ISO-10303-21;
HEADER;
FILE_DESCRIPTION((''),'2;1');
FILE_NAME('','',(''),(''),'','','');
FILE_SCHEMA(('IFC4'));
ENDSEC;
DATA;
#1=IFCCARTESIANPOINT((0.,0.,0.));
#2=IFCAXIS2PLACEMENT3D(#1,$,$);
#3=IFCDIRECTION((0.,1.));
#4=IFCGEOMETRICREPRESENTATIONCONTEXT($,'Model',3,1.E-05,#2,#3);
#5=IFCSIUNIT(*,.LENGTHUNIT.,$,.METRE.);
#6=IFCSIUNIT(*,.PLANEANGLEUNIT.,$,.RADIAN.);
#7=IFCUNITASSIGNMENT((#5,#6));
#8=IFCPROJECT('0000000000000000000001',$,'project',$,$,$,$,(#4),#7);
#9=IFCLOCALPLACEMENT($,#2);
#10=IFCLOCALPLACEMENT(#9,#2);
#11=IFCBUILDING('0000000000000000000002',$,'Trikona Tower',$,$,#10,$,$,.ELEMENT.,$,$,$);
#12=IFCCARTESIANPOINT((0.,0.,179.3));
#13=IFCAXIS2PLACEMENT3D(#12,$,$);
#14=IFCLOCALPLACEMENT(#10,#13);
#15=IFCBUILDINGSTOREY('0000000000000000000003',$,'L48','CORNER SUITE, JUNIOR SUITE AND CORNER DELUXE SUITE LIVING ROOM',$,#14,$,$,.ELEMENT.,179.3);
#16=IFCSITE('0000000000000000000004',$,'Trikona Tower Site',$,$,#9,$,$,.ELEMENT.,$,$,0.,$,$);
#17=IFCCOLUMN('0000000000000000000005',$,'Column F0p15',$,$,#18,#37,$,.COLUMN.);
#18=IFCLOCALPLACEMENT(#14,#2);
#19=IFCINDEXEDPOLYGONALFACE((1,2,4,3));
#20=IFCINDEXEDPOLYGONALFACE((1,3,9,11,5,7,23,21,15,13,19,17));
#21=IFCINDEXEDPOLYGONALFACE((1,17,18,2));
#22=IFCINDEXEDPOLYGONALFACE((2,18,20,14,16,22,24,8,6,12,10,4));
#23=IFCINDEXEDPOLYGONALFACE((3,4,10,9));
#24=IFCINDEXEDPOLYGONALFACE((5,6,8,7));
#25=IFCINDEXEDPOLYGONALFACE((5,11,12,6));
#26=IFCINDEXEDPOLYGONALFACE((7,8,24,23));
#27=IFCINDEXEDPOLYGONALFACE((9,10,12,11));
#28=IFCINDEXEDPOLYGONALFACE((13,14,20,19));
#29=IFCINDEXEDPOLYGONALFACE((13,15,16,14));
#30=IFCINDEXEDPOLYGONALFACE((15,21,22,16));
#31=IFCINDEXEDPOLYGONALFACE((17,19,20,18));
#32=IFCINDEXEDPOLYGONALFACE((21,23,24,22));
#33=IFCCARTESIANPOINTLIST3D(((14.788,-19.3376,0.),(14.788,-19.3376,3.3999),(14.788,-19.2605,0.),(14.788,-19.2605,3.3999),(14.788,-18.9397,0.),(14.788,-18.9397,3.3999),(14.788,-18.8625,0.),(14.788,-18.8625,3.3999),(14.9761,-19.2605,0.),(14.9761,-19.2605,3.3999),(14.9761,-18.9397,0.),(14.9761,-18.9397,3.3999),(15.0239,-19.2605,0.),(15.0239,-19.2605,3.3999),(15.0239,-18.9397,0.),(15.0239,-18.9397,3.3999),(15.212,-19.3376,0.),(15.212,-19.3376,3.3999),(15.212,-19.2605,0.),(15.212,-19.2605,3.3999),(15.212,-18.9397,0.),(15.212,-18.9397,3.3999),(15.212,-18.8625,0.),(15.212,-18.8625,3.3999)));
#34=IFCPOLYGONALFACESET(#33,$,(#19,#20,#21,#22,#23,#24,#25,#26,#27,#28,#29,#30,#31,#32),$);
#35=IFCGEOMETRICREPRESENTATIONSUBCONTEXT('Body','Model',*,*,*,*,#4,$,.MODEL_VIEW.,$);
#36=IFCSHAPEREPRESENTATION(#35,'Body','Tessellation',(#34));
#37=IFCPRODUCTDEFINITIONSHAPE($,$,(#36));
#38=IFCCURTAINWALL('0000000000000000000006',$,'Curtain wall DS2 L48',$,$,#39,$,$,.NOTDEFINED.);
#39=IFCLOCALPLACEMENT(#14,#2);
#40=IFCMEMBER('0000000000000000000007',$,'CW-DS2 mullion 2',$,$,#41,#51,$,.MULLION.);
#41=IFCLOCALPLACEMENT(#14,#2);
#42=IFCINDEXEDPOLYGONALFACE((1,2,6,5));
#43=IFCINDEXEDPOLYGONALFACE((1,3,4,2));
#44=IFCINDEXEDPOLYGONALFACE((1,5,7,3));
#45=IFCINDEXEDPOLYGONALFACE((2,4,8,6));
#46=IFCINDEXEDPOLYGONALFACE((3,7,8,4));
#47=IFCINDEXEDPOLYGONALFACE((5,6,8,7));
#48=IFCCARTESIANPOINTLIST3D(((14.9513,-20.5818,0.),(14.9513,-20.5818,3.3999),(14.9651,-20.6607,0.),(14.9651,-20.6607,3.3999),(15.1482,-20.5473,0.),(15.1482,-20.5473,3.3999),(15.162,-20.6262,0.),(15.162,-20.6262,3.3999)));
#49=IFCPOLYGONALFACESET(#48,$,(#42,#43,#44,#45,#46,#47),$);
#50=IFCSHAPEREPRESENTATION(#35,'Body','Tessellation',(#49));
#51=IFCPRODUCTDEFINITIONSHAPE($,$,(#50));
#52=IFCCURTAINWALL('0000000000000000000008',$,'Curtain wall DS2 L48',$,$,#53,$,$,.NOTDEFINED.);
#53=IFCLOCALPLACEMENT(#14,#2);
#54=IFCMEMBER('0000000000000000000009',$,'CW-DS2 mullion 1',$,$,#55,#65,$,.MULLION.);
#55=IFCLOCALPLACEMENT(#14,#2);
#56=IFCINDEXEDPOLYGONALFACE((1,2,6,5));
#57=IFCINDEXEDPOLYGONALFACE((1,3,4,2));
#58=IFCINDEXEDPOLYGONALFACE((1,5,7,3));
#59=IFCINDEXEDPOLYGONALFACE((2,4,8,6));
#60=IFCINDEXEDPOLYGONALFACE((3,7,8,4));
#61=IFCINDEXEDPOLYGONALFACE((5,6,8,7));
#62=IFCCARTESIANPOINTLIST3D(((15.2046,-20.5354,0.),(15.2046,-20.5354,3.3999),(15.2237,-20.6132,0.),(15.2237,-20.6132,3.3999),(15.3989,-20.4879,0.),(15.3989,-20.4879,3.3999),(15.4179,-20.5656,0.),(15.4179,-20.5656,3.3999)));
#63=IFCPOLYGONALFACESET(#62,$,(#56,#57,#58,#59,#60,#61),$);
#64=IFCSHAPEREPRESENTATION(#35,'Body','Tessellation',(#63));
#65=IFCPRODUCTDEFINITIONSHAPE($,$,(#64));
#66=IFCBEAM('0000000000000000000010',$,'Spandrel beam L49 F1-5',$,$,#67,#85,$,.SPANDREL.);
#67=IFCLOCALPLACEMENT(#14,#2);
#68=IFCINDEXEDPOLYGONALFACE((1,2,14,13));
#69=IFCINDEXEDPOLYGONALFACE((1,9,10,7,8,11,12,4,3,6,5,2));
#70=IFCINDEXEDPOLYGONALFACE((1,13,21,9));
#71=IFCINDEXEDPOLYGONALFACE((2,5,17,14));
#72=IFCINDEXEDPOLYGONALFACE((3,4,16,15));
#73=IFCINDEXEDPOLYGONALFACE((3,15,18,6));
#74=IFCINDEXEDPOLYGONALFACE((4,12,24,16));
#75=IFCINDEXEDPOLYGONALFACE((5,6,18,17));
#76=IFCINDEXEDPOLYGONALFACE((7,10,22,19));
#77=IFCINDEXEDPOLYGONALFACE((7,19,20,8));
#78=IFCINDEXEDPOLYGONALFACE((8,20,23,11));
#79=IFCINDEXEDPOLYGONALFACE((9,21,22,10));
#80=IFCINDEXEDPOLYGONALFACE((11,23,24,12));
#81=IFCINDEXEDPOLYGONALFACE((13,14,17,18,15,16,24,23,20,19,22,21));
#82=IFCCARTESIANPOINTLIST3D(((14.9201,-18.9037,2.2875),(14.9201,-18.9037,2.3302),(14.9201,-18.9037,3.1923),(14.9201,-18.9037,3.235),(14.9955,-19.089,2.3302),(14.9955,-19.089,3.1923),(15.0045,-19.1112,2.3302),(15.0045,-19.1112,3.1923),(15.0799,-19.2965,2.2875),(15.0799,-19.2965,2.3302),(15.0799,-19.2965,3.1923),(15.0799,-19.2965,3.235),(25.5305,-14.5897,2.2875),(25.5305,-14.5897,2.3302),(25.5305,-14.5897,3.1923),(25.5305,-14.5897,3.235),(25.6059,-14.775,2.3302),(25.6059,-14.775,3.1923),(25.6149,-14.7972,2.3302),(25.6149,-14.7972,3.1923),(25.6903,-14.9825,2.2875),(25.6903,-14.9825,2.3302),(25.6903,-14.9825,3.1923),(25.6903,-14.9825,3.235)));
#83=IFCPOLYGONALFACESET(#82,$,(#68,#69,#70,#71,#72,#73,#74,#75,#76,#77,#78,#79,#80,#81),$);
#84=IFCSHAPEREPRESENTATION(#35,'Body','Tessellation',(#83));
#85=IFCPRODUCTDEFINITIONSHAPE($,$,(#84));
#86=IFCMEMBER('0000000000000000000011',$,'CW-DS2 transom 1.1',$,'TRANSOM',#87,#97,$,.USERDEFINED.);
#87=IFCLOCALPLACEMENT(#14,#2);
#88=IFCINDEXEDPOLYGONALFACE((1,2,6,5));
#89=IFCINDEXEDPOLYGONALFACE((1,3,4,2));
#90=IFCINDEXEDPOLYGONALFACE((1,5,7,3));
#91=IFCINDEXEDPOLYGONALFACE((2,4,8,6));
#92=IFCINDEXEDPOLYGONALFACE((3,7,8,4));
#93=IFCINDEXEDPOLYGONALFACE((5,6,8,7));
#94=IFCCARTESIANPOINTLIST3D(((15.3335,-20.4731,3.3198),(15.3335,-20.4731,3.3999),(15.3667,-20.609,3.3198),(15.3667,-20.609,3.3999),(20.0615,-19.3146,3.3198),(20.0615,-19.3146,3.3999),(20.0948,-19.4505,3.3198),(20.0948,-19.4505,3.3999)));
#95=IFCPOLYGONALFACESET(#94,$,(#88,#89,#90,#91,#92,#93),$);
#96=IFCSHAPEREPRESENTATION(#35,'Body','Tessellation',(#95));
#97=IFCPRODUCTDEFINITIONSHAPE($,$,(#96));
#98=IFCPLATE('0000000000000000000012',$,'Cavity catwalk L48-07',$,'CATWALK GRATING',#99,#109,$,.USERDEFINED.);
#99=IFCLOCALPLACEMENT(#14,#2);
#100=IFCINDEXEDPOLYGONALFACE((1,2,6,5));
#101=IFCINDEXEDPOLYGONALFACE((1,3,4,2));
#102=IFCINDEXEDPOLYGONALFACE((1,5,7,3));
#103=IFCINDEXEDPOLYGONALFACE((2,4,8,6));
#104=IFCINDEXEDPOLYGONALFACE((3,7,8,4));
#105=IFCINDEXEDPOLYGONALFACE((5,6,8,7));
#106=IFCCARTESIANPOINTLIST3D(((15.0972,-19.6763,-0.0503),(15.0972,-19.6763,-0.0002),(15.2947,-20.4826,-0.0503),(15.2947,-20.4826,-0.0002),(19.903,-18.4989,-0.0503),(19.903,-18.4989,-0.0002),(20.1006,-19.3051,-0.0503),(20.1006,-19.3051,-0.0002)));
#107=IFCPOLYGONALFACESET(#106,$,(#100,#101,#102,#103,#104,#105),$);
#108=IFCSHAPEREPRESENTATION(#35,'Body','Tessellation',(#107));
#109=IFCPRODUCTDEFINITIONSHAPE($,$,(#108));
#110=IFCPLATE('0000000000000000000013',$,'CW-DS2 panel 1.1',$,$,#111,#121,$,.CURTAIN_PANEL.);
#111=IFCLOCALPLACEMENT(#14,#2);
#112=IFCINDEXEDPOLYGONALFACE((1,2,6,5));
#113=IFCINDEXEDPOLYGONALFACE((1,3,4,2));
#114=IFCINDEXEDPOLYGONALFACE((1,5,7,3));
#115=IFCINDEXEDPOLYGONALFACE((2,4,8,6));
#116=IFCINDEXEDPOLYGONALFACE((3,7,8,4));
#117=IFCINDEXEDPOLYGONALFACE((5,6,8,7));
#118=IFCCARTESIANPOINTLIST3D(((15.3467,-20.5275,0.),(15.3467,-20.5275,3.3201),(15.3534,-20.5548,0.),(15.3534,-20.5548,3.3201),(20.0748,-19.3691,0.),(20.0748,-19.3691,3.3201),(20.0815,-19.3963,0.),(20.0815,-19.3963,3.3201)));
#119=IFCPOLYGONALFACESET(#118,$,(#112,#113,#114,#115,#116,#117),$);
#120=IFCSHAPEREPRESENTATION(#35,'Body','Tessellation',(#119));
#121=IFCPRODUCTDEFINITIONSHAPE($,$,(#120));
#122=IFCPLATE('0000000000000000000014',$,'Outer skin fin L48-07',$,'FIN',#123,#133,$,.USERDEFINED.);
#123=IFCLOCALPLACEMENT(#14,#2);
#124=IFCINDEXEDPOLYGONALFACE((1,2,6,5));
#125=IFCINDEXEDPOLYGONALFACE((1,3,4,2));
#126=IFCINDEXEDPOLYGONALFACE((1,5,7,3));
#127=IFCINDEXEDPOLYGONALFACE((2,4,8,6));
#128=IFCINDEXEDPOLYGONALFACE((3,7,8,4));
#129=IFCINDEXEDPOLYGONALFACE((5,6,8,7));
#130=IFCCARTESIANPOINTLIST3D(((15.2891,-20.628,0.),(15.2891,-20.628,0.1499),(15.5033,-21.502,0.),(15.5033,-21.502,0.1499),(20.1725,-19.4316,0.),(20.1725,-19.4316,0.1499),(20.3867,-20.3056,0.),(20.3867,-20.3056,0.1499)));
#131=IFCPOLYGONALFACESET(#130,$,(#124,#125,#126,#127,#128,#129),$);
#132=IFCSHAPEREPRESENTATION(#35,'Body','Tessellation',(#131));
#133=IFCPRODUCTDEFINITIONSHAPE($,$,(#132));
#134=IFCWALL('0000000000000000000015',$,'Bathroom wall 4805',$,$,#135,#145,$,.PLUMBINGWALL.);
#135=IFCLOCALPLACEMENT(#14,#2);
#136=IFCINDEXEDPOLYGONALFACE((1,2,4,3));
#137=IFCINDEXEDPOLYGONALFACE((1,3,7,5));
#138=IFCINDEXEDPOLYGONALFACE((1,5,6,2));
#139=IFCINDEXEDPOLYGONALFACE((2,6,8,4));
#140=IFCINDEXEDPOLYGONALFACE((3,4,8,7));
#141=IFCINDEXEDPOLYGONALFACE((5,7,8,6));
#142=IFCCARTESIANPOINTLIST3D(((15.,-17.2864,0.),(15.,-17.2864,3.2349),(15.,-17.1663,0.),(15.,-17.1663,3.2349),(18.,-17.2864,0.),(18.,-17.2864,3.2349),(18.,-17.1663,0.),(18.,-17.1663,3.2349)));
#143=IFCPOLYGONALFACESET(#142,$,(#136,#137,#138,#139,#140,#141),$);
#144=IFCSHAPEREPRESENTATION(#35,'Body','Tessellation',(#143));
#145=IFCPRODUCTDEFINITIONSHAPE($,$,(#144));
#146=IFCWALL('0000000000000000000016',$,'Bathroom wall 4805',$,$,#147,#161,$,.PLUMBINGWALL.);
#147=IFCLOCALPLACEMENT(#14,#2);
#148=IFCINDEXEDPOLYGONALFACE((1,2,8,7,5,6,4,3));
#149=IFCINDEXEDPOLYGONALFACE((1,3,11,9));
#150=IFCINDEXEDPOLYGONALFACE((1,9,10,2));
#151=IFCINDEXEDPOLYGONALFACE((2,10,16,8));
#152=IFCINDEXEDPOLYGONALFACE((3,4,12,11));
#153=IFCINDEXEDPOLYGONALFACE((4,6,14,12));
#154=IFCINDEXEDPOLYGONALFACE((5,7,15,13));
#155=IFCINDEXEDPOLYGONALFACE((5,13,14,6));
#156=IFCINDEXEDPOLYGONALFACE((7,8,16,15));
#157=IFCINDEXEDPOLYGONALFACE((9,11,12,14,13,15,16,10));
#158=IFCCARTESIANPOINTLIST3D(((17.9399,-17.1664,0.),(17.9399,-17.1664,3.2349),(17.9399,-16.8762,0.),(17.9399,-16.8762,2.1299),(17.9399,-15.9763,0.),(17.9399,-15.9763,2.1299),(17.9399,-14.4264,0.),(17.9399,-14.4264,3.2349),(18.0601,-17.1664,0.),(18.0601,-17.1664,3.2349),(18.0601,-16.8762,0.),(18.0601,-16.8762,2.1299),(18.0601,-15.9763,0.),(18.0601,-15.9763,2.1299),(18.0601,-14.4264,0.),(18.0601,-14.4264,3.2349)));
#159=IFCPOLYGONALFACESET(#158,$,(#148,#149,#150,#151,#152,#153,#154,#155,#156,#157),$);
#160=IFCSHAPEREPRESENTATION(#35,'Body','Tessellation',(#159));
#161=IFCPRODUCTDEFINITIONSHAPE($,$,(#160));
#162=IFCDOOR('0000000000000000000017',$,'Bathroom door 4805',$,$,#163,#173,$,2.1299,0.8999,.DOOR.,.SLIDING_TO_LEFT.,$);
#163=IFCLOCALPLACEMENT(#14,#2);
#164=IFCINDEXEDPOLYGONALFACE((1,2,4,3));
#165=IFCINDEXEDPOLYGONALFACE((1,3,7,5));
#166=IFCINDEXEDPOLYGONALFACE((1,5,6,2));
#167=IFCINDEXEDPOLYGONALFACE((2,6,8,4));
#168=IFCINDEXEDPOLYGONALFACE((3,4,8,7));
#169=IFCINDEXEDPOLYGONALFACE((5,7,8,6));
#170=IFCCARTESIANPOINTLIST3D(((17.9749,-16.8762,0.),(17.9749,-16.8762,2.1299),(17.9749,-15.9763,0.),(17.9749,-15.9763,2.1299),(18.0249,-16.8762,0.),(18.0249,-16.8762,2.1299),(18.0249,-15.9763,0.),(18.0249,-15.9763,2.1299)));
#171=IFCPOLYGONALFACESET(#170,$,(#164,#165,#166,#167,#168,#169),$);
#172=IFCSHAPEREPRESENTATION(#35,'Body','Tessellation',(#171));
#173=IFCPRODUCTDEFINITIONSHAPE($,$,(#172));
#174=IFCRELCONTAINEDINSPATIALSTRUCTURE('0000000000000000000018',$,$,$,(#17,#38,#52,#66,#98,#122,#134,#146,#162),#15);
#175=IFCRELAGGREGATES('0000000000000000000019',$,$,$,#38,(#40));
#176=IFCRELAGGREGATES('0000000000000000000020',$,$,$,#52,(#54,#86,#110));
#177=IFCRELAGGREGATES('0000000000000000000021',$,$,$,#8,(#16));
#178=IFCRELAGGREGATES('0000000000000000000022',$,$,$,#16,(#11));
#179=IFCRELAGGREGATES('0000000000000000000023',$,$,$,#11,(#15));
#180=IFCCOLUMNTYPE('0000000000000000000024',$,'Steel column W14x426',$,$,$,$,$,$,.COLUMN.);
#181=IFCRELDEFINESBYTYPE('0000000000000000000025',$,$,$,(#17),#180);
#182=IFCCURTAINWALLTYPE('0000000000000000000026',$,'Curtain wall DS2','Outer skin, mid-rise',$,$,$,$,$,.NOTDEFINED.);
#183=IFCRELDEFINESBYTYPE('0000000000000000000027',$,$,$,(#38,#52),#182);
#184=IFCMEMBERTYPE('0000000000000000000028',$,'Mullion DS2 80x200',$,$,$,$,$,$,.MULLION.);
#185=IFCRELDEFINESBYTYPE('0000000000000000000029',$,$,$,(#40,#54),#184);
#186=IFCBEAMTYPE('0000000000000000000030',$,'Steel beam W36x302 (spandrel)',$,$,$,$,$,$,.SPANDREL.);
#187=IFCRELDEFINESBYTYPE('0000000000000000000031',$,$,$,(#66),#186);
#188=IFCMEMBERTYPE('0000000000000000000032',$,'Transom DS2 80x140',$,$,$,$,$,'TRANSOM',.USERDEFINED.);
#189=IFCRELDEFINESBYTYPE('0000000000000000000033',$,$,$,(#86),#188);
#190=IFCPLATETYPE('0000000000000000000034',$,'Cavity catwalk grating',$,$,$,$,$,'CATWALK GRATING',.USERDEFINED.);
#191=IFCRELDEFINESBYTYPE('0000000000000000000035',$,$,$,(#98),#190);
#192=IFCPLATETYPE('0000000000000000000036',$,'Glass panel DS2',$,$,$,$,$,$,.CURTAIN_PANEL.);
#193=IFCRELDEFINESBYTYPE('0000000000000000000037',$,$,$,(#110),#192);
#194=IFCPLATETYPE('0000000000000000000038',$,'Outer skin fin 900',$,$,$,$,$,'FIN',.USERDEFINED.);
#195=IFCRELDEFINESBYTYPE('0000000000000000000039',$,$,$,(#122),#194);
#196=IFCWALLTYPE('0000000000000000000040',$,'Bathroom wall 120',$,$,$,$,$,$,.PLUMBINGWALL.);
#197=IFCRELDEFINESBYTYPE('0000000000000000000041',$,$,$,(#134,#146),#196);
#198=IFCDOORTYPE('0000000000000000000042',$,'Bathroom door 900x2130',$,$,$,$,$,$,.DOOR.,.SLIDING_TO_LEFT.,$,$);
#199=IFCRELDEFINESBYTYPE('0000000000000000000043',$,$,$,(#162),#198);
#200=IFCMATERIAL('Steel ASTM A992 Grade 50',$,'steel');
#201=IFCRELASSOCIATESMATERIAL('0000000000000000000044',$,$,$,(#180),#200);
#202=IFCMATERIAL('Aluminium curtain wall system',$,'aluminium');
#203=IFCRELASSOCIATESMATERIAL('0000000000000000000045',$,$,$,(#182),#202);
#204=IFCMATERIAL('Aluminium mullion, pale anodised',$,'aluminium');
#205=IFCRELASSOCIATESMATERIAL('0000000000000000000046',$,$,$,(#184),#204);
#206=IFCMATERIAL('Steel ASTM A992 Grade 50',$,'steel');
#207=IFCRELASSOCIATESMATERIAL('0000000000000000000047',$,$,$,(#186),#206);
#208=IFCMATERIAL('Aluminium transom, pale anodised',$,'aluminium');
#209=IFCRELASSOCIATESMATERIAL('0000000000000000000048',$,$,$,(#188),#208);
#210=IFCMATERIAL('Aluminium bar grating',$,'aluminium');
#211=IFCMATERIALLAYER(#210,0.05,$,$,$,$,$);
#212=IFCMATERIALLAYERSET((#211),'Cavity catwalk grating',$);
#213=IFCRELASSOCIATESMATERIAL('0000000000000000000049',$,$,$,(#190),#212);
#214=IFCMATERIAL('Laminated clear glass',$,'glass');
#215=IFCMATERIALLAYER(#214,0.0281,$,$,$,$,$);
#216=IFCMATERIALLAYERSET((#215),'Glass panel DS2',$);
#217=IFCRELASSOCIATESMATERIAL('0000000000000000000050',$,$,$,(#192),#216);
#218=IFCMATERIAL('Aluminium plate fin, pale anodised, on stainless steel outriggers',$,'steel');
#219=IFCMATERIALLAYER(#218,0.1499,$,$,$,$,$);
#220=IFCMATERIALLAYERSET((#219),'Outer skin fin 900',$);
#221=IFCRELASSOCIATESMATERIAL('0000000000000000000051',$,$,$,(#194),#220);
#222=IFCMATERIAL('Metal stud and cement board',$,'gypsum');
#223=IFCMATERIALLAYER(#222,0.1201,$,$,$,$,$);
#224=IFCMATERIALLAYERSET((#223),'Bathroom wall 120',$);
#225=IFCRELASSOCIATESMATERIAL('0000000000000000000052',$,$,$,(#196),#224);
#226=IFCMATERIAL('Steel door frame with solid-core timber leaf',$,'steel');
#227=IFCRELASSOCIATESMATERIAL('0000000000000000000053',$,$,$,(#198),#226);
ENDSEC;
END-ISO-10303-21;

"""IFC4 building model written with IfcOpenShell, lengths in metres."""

from ifc_helpers import new_model, si_unit, direction, frame, frame_2d, origin, origin_2d, place, context, subcontext, project, spatial, rectangle, i_section, extrude, material, layer, layer_set, material_profile, profile_set, type_object, element, fill, aggregate, save


model = new_model("IFC4")

# Units and contexts
model_context = context("Model", 3, precision=1e-05, world=origin(), true_north=direction((0.0, 1.0)))
body_context = subcontext(model_context, "Body", "Model", "MODEL_VIEW")
ifc_project = project(units=[si_unit("LENGTHUNIT", "METRE"), si_unit("PLANEANGLEUNIT", "RADIAN")], contexts=[model_context])

# Site, building, storey
site_placement = place(None, origin())
site = spatial("IfcSite", under=ifc_project, at=site_placement, Name="Trikona Tower Site", CompositionType="ELEMENT", RefElevation=0.0)
building_placement = place(site_placement, origin())
building = spatial("IfcBuilding", under=site, at=building_placement, Name="Trikona Tower", CompositionType="ELEMENT")
storey_placement = place(building_placement, frame((0.0, 0.0, 179.3)))
storey = spatial("IfcBuildingStorey", under=building, at=storey_placement, Name="L48", Description="CORNER SUITE, JUNIOR SUITE AND CORNER DELUXE SUITE LIVING ROOM", CompositionType="ELEMENT", Elevation=179.3)

# Column
ifc_material_1 = material(Name="Steel ASTM A992 Grade 50", Category="steel")
ifc_material_profile_1 = material_profile(ifc_material_1, i_section(OverallWidth=0.4241, OverallDepth=0.4751, WebThickness=0.0479, FlangeThickness=0.0771, at=origin_2d()), Name="W14X426")
ifc_profile_set_1 = profile_set([ifc_material_profile_1], Name="Steel ASTM A992 Grade 50")
column_type = type_object("IfcColumnType", Name="Steel column W14x426", PredefinedType="COLUMN", material=ifc_profile_set_1)
column_placement = place(storey_placement, frame((15.0, -19.1001, 0.0), z_axis=(0.0, 0.0, 1.0), x_axis=(1.0, 0.0, 0.0)))
element("IfcColumn", 1, at=column_placement, inside=storey, type_object=column_type, Name="Column F0p15", PredefinedType="COLUMN", context=body_context, shape_type="SweptSolid", body=[
    extrude(i_section(OverallWidth=0.4241, OverallDepth=0.4751, WebThickness=0.0479, FlangeThickness=0.0771, at=origin_2d()), origin(), (0.0, 0.0, 1.0), 3.3999),
])

# Curtain walls, members
ifc_material_2 = material(Name="Aluminium curtain wall system", Category="aluminium")
curtain_wall_type = type_object("IfcCurtainWallType", Name="Curtain wall DS2", Description="Outer skin, mid-rise", PredefinedType="NOTDEFINED", material=ifc_material_2)
curtain_wall_1_placement = place(storey_placement, origin())
curtain_wall_1 = element("IfcCurtainWall", 2, at=curtain_wall_1_placement, inside=storey, type_object=curtain_wall_type, Name="Curtain wall DS2 L48", PredefinedType="NOTDEFINED")
ifc_material_3 = material(Name="Aluminium mullion, pale anodised", Category="aluminium")
ifc_material_profile_2 = material_profile(ifc_material_3, rectangle(XDim=0.0801, YDim=0.2, at=origin_2d()), Name="MUL-DS2")
ifc_profile_set_2 = profile_set([ifc_material_profile_2], Name="Aluminium mullion, pale anodised")
member_type_1 = type_object("IfcMemberType", Name="Mullion DS2 80x200", PredefinedType="MULLION", material=ifc_profile_set_2)
member_1_placement = place(storey_placement, frame((15.0566, -20.604, 0.0), z_axis=(0.0, 0.0, 1.0), x_axis=(-0.172377, 0.985031, 0.0)))
member_1 = element("IfcMember", 3, at=member_1_placement, type_object=member_type_1, Name="CW-DS2 mullion 2", PredefinedType="MULLION", context=body_context, shape_type="SweptSolid", body=[
    extrude(rectangle(XDim=0.0801, YDim=0.2, at=origin_2d()), origin(), (0.0, 0.0, 1.0), 3.3999),
])
aggregate(curtain_wall_1, [member_1])
curtain_wall_2_placement = place(storey_placement, origin())
curtain_wall_2 = element("IfcCurtainWall", 4, at=curtain_wall_2_placement, inside=storey, type_object=curtain_wall_type, Name="Curtain wall DS2 L48", PredefinedType="NOTDEFINED")
member_2_placement = place(storey_placement, frame((15.3113, -20.5505, 0.0), z_axis=(0.0, 0.0, 1.0), x_axis=(-0.23797, 0.971272, 0.0)))
member_2 = element("IfcMember", 5, at=member_2_placement, type_object=member_type_1, Name="CW-DS2 mullion 1", PredefinedType="MULLION", context=body_context, shape_type="SweptSolid", body=[
    extrude(rectangle(XDim=0.0801, YDim=0.2, at=origin_2d()), origin(), (0.0, 0.0, 1.0), 3.3999),
])

# Beam
ifc_material_4 = material(Name="Steel ASTM A992 Grade 50", Category="steel")
ifc_material_profile_3 = material_profile(ifc_material_4, i_section(OverallWidth=0.4241, OverallDepth=0.9475, WebThickness=0.0239, FlangeThickness=0.0427, at=origin_2d()), Name="W36X302")
ifc_profile_set_3 = profile_set([ifc_material_profile_3], Name="Steel ASTM A992 Grade 50")
beam_type = type_object("IfcBeamType", Name="Steel beam W36x302 (spandrel)", PredefinedType="SPANDREL", material=ifc_profile_set_3)
beam_placement = place(storey_placement, frame((15.0, -19.1001, 2.7612), z_axis=(0.92636, 0.37664, 0.0), x_axis=(-0.37664, 0.92636, 0.0)))
element("IfcBeam", 6, at=beam_placement, inside=storey, type_object=beam_type, Name="Spandrel beam L49 F1-5", PredefinedType="SPANDREL", context=body_context, shape_type="SweptSolid", body=[
    extrude(i_section(OverallWidth=0.4241, OverallDepth=0.9475, WebThickness=0.0239, FlangeThickness=0.0427, at=origin_2d()), origin(), (0.0, 0.0, 1.0), 11.4539),
])

# Member
ifc_material_5 = material(Name="Aluminium transom, pale anodised", Category="aluminium")
ifc_material_profile_4 = material_profile(ifc_material_5, rectangle(XDim=0.1399, YDim=0.0801, at=origin_2d()), Name="TRN-DS2")
ifc_profile_set_4 = profile_set([ifc_material_profile_4], Name="Aluminium transom, pale anodised")
member_type_2 = type_object("IfcMemberType", Name="Transom DS2 80x140", ElementType="TRANSOM", PredefinedType="USERDEFINED", material=ifc_profile_set_4)
member_3_placement = place(storey_placement, frame((15.3501, -20.541, 3.3599), z_axis=(0.971271, 0.237978, 0.0), x_axis=(-0.237978, 0.971271, 0.0)))
member_3 = element("IfcMember", 7, at=member_3_placement, type_object=member_type_2, Name="CW-DS2 transom 1.1", ObjectType="TRANSOM", PredefinedType="USERDEFINED", context=body_context, shape_type="SweptSolid", body=[
    extrude(rectangle(XDim=0.1399, YDim=0.0801, at=origin_2d()), origin(), (0.0, 0.0, 1.0), 4.8679),
])

# Plates
ifc_material_6 = material(Name="Aluminium bar grating", Category="aluminium")
ifc_layer_1 = layer(ifc_material_6, 0.05)
ifc_layer_set_1 = layer_set([ifc_layer_1], Name="Cavity catwalk grating")
plate_type_1 = type_object("IfcPlateType", Name="Cavity catwalk grating", ElementType="CATWALK GRATING", PredefinedType="USERDEFINED", material=ifc_layer_set_1)
plate_1_placement = place(storey_placement, frame((17.5989, -19.4907, -0.0503), z_axis=(0.0, 0.0, 1.0), x_axis=(0.971274, 0.237962, 0.0)))
element("IfcPlate", 8, at=plate_1_placement, inside=storey, type_object=plate_type_1, Name="Cavity catwalk L48-07", ObjectType="CATWALK GRATING", PredefinedType="USERDEFINED", context=body_context, shape_type="SweptSolid", body=[
    extrude(rectangle(XDim=4.948, YDim=0.8301, at=origin_2d()), origin(), (0.0, 0.0, 1.0), 0.05),
])
ifc_material_7 = material(Name="Laminated clear glass", Category="glass")
ifc_layer_2 = layer(ifc_material_7, 0.0281)
ifc_layer_set_2 = layer_set([ifc_layer_2], Name="Glass panel DS2")
plate_type_2 = type_object("IfcPlateType", Name="Glass panel DS2", PredefinedType="CURTAIN_PANEL", material=ifc_layer_set_2)
plate_2_placement = place(storey_placement, frame((17.7141, -19.9619, 0.0), z_axis=(0.0, 0.0, 1.0), x_axis=(0.971272, 0.23797, 0.0)))
plate_2 = element("IfcPlate", 9, at=plate_2_placement, type_object=plate_type_2, Name="CW-DS2 panel 1.1", PredefinedType="CURTAIN_PANEL", context=body_context, shape_type="SweptSolid", body=[
    extrude(rectangle(XDim=4.8679, YDim=0.0281, at=origin_2d()), origin(), (0.0, 0.0, 1.0), 3.3201),
])
aggregate(curtain_wall_2, [member_2, member_3, plate_2])
ifc_material_8 = material(Name="Aluminium plate fin, pale anodised, on stainless steel outriggers", Category="steel")
ifc_layer_3 = layer(ifc_material_8, 0.1499)
ifc_layer_set_3 = layer_set([ifc_layer_3], Name="Outer skin fin 900")
plate_type_3 = type_object("IfcPlateType", Name="Outer skin fin 900", ElementType="FIN", PredefinedType="USERDEFINED", material=ifc_layer_set_3)
plate_3_placement = place(storey_placement, frame((17.8379, -20.4668, 0.0), z_axis=(0.0, 0.0, 1.0), x_axis=(0.971274, 0.237962, 0.0)))
element("IfcPlate", 10, at=plate_3_placement, inside=storey, type_object=plate_type_3, Name="Outer skin fin L48-07", ObjectType="FIN", PredefinedType="USERDEFINED", context=body_context, shape_type="SweptSolid", body=[
    extrude(rectangle(XDim=5.0278, YDim=0.8999, at=origin_2d()), origin(), (0.0, 0.0, 1.0), 0.1499),
])

# Wall
ifc_material_9 = material(Name="Metal stud and cement board", Category="gypsum")
ifc_layer_4 = layer(ifc_material_9, 0.1201)
ifc_layer_set_4 = layer_set([ifc_layer_4], Name="Bathroom wall 120")
wall_type_1 = type_object("IfcWallType", Name="Bathroom wall 120", PredefinedType="PLUMBINGWALL", material=ifc_layer_set_4)
wall_1_placement = place(storey_placement, frame((15.0, -17.2263, 0.0), z_axis=(0.0, 0.0, 1.0), x_axis=(1.0, 0.0, 0.0)))
element("IfcWall", 11, at=wall_1_placement, inside=storey, type_object=wall_type_1, Name="Bathroom wall 4805", PredefinedType="PLUMBINGWALL", context=body_context, shape_type="SweptSolid", body=[
    extrude(rectangle(XDim=3.0, YDim=0.1201, at=frame_2d((1.5, 0.0))), origin(), (0.0, 0.0, 1.0), 3.2349),
])

# Wall, opening, door
wall_2_placement = place(storey_placement, frame((18.0, -14.4263, 0.0), z_axis=(0.0, 0.0, 1.0), x_axis=(0.0, -1.0, 0.0)))
wall_2 = element("IfcWall", 12, at=wall_2_placement, inside=storey, type_object=wall_type_1, Name="Bathroom wall 4805", PredefinedType="PLUMBINGWALL", context=body_context, shape_type="SweptSolid", body=[
    extrude(rectangle(XDim=2.74, YDim=0.1201, at=frame_2d((1.3701, 0.0))), origin(), (0.0, 0.0, 1.0), 3.2349),
])
opening_placement = place(wall_2_placement, frame((1.55, 0.0, 0.0)))
opening = element("IfcOpeningElement", 13, at=opening_placement, cuts=wall_2, PredefinedType="OPENING", context=body_context, shape_type="SweptSolid", body=[
    extrude(rectangle(XDim=0.8999, YDim=2.1299, at=frame_2d((0.45, 1.0649))), frame((0.0, 0.0701, 0.0), z_axis=(0.0, -1.0, 0.0), x_axis=(1.0, 0.0, 0.0)), (0.0, 0.0, 1.0), 0.1401),
])
ifc_material_10 = material(Name="Steel door frame with solid-core timber leaf", Category="steel")
door_type = type_object("IfcDoorType", Name="Bathroom door 900x2130", OperationType="SLIDING_TO_LEFT", PredefinedType="DOOR", material=ifc_material_10)
door_placement = place(opening_placement, origin())
door = element("IfcDoor", 14, at=door_placement, inside=storey, type_object=door_type, Name="Bathroom door 4805", OperationType="SLIDING_TO_LEFT", OverallHeight=2.1299, OverallWidth=0.8999, PredefinedType="DOOR", context=body_context, shape_type="SweptSolid", body=[
    extrude(rectangle(XDim=0.8999, YDim=2.1299, at=frame_2d((0.45, 1.0649))), frame((0.0, 0.0249, 0.0), z_axis=(0.0, -1.0, 0.0), x_axis=(1.0, 0.0, 0.0)), (0.0, 0.0, 1.0), 0.05),
])
fill(opening, door)

save(model, "model.ifc")
